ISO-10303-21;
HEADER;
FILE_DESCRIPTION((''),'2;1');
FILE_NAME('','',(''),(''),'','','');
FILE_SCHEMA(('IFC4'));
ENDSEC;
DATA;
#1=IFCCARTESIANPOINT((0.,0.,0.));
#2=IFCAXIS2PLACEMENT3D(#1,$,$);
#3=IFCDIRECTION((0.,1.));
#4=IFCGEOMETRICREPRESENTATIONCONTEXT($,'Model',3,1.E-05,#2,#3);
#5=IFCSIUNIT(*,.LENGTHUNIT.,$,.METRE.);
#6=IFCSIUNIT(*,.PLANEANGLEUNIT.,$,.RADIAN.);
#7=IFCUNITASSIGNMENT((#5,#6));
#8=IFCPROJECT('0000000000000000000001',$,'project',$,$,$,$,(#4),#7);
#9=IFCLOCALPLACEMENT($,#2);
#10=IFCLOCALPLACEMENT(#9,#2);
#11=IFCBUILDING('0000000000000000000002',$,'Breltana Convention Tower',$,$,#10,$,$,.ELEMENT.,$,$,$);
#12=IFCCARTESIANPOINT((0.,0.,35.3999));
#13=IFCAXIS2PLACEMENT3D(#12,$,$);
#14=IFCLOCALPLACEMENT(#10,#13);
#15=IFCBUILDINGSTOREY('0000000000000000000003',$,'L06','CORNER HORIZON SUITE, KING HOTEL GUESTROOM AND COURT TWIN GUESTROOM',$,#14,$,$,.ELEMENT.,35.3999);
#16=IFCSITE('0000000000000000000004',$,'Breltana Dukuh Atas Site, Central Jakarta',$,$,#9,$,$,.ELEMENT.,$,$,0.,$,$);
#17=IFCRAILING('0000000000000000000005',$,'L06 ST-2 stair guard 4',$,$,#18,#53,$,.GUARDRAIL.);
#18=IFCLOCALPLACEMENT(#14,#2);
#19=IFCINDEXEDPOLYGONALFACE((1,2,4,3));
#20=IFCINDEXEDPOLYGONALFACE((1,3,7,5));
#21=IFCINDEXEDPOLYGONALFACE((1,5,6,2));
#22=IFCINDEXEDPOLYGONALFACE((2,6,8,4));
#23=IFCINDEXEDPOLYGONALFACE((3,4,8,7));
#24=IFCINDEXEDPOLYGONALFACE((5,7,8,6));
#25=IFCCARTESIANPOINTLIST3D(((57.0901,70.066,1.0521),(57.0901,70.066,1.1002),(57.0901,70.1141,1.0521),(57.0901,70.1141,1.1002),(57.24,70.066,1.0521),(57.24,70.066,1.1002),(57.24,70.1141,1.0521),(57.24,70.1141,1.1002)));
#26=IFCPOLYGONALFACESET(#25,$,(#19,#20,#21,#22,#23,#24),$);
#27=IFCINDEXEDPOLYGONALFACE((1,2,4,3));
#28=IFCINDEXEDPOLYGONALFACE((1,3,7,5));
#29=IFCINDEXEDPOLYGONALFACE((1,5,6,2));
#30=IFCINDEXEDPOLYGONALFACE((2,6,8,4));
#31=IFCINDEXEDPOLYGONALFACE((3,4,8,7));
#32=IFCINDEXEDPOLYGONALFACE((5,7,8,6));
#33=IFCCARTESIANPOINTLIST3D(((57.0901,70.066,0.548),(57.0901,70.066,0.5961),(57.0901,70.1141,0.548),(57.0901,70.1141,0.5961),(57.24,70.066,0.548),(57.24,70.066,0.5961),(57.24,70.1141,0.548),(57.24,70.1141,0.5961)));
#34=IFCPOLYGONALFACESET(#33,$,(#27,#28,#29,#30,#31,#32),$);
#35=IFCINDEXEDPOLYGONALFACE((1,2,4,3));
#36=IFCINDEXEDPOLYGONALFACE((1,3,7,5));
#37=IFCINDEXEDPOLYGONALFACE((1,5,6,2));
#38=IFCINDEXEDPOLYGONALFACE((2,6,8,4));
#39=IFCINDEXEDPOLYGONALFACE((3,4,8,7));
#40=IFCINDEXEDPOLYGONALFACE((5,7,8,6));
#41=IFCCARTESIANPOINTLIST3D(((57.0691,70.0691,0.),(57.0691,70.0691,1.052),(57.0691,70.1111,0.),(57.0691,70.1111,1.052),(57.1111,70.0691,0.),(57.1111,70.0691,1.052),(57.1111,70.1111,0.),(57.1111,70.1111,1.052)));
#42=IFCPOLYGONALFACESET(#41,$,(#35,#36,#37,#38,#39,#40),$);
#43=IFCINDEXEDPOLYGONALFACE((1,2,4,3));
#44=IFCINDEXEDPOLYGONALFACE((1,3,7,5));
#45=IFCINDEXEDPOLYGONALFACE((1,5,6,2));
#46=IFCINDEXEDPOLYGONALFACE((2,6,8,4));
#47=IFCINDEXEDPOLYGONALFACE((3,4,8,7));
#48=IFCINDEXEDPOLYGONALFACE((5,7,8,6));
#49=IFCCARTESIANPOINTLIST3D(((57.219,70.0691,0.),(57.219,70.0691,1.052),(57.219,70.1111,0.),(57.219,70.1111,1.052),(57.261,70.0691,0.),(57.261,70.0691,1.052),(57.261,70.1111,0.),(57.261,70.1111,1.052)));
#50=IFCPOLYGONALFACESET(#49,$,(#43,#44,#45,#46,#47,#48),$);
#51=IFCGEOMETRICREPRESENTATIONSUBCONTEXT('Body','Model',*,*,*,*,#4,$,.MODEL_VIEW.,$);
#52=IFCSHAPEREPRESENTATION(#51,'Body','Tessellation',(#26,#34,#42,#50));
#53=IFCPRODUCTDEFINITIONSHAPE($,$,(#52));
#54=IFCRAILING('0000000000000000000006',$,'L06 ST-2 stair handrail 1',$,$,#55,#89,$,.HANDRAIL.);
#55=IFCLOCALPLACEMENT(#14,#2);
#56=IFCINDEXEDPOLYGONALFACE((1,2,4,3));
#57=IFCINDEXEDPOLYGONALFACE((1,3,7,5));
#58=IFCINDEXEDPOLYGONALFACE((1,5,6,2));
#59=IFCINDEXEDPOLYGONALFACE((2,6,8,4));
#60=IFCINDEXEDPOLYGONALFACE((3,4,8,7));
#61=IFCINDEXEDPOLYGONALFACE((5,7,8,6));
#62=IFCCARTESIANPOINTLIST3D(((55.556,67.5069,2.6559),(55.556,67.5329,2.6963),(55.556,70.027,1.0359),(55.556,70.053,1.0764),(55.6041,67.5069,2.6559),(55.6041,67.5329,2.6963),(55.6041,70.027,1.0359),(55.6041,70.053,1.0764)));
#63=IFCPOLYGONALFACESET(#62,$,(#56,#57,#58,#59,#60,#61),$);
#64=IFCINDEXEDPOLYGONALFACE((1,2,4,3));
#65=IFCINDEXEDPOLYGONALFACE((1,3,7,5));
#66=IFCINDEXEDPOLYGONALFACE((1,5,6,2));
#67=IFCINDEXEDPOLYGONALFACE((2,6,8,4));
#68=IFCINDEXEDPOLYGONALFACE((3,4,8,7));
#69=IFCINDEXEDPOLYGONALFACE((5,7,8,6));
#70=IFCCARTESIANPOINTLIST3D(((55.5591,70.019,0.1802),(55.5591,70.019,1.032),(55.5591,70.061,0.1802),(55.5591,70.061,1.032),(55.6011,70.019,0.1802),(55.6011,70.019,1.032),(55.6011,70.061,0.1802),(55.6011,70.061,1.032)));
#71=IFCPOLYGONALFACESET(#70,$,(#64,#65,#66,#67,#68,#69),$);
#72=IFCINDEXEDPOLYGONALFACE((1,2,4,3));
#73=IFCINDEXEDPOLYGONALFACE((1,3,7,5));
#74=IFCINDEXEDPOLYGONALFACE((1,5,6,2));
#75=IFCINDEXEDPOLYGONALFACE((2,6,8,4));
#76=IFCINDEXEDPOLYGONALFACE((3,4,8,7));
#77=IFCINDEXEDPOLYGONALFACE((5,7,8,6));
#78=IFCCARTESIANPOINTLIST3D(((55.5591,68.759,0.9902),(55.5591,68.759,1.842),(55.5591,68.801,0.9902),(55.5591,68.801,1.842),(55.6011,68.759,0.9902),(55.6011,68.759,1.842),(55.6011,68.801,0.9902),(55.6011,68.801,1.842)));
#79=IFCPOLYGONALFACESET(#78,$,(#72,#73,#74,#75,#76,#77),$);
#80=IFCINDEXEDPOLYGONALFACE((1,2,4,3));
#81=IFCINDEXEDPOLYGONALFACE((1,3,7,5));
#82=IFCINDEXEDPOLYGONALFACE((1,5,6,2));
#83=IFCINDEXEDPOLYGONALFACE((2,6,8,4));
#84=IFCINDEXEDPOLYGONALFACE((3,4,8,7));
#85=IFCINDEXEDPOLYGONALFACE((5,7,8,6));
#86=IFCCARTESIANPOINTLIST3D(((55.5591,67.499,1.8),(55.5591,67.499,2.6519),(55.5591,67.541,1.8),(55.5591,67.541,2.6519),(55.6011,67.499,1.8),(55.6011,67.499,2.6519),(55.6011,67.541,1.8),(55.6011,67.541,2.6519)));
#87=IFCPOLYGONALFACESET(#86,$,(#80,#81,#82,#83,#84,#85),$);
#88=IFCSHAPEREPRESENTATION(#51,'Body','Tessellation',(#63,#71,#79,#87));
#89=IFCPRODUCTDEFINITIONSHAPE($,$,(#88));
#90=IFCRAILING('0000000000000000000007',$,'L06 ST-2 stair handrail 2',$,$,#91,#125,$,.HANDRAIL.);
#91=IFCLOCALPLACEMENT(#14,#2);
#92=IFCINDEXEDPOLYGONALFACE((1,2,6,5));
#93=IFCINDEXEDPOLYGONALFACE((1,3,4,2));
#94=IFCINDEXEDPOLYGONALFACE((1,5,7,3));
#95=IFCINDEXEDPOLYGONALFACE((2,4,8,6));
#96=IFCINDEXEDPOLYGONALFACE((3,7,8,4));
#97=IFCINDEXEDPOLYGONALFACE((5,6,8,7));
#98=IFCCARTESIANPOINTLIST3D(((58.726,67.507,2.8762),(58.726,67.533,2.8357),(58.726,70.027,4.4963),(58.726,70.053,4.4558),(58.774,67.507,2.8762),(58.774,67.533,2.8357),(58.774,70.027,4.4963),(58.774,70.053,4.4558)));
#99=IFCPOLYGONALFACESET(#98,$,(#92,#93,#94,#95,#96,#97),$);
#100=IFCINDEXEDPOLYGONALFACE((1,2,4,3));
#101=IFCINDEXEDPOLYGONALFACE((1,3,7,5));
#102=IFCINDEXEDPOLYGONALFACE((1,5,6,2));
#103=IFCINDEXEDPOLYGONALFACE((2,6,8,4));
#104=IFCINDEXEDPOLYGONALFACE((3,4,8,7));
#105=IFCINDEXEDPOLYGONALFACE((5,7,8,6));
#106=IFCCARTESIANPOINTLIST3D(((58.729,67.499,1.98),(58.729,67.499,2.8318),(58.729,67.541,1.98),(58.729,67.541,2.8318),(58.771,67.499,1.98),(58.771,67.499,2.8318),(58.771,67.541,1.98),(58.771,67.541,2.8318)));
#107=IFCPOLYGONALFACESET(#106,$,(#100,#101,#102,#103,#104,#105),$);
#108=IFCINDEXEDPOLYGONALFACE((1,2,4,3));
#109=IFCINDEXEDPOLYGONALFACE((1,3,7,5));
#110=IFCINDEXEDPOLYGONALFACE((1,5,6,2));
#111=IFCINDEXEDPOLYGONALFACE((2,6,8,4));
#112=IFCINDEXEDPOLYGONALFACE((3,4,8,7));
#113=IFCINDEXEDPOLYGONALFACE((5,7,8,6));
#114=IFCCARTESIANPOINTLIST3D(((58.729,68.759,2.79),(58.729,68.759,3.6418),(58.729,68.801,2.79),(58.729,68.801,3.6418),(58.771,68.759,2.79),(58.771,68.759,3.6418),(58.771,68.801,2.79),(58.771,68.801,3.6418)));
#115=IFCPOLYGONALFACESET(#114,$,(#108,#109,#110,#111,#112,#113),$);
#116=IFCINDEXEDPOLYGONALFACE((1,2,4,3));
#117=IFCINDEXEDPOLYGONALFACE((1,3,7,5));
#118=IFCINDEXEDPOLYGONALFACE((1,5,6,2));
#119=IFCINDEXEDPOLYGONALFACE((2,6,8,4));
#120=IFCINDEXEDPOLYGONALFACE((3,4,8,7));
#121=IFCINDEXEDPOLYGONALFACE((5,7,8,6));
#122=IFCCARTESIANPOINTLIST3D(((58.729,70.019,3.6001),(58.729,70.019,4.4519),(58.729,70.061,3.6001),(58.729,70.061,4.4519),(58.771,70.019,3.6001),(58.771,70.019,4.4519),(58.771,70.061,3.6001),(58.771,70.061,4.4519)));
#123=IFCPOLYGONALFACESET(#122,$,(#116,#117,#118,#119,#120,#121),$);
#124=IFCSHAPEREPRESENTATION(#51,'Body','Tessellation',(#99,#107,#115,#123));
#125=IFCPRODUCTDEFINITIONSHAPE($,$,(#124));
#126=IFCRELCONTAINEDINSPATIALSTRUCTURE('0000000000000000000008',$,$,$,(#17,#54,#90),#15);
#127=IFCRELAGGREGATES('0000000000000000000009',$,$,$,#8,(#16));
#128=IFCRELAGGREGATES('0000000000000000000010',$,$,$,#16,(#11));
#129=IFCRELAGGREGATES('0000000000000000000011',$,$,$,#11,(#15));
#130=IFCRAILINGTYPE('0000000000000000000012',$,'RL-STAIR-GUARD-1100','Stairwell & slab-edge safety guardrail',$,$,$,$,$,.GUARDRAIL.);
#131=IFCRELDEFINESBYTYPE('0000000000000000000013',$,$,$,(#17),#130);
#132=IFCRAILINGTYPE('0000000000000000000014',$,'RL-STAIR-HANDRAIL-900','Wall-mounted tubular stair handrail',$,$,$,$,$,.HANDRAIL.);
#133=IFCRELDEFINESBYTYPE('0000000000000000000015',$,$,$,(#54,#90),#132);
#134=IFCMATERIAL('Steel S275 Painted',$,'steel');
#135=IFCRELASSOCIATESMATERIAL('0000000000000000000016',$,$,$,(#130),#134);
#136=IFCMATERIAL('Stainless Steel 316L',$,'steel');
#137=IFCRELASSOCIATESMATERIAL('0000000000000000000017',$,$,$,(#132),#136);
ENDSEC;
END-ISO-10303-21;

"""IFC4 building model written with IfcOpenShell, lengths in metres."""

from ifc_helpers import new_model, si_unit, direction, frame, origin, origin_2d, place, context, subcontext, project, spatial, rectangle, extrude, material, type_object, element, save


model = new_model("IFC4")

# Units and contexts
model_context = context("Model", 3, precision=1e-05, world=origin(), true_north=direction((0.0, 1.0)))
body_context = subcontext(model_context, "Body", "Model", "MODEL_VIEW")
ifc_project = project(units=[si_unit("LENGTHUNIT", "METRE"), si_unit("PLANEANGLEUNIT", "RADIAN")], contexts=[model_context])

# Site, building, storey
site_placement = place(None, origin())
site = spatial("IfcSite", under=ifc_project, at=site_placement, Name="Breltana Dukuh Atas Site, Central Jakarta", CompositionType="ELEMENT", RefElevation=0.0)
building_placement = place(site_placement, origin())
building = spatial("IfcBuilding", under=site, at=building_placement, Name="Breltana Convention Tower", CompositionType="ELEMENT")
storey_placement = place(building_placement, frame((0.0, 0.0, 35.3999)))
storey = spatial("IfcBuildingStorey", under=building, at=storey_placement, Name="L06", Description="CORNER HORIZON SUITE, KING HOTEL GUESTROOM AND COURT TWIN GUESTROOM", CompositionType="ELEMENT", Elevation=35.3999)

# Railings
ifc_material_1 = material(Name="Steel S275 Painted", Category="steel")
railing_type_1 = type_object("IfcRailingType", Name="RL-STAIR-GUARD-1100", Description="Stairwell & slab-edge safety guardrail", PredefinedType="GUARDRAIL", material=ifc_material_1)
railing_1_placement = place(storey_placement, frame((57.0901, 70.0901, 0.0)))
element("IfcRailing", 1, at=railing_1_placement, inside=storey, type_object=railing_type_1, Name="L06 ST-2 stair guard 4", PredefinedType="GUARDRAIL", context=body_context, shape_type="SweptSolid", body=[
    extrude(rectangle(XDim=0.0481, YDim=0.0481, at=origin_2d()), frame((0.0, 0.0, 1.0762), z_axis=(1.0, 0.0, 0.0), x_axis=(0.0, 1.0, 0.0)), (0.0, 0.0, 1.0), 0.1499),
    extrude(rectangle(XDim=0.0481, YDim=0.0481, at=origin_2d()), frame((0.0, 0.0, 0.572), z_axis=(1.0, 0.0, 0.0), x_axis=(0.0, 1.0, 0.0)), (0.0, 0.0, 1.0), 0.1499),
    extrude(rectangle(XDim=0.042, YDim=0.042, at=origin_2d()), origin(), (0.0, 0.0, 1.0), 1.052),
    extrude(rectangle(XDim=0.042, YDim=0.042, at=origin_2d()), frame((0.1499, 0.0, 0.0)), (0.0, 0.0, 1.0), 1.052),
])
ifc_material_2 = material(Name="Stainless Steel 316L", Category="steel")
railing_type_2 = type_object("IfcRailingType", Name="RL-STAIR-HANDRAIL-900", Description="Wall-mounted tubular stair handrail", PredefinedType="HANDRAIL", material=ifc_material_2)
railing_2_placement = place(storey_placement, frame((55.5801, 70.04, 0.1802)))
element("IfcRailing", 2, at=railing_2_placement, inside=storey, type_object=railing_type_2, Name="L06 ST-2 stair handrail 1", PredefinedType="HANDRAIL", context=body_context, shape_type="SweptSolid", body=[
    extrude(rectangle(XDim=0.0481, YDim=0.0481, at=origin_2d()), frame((0.0, 0.0, 0.876), z_axis=(0.0, -0.8412, 0.540725), x_axis=(1.0, 0.0, 0.0)), (0.0, 0.0, 1.0), 2.9958),
    extrude(rectangle(XDim=0.042, YDim=0.042, at=origin_2d()), origin(), (0.0, 0.0, 1.0), 0.8518),
    extrude(rectangle(XDim=0.042, YDim=0.042, at=origin_2d()), frame((0.0, -1.26, 0.8101)), (0.0, 0.0, 1.0), 0.8518),
    extrude(rectangle(XDim=0.042, YDim=0.042, at=origin_2d()), frame((0.0, -2.52, 1.6199)), (0.0, 0.0, 1.0), 0.8518),
])
railing_3_placement = place(storey_placement, frame((58.75, 67.52, 1.98)))
element("IfcRailing", 3, at=railing_3_placement, inside=storey, type_object=railing_type_2, Name="L06 ST-2 stair handrail 2", PredefinedType="HANDRAIL", context=body_context, shape_type="SweptSolid", body=[
    extrude(rectangle(XDim=0.0481, YDim=0.0481, at=origin_2d()), frame((0.0, 0.0, 0.876), z_axis=(0.0, 0.841163, 0.540782), x_axis=(-1.0, 0.0, 0.0)), (0.0, 0.0, 1.0), 2.9958),
    extrude(rectangle(XDim=0.042, YDim=0.042, at=origin_2d()), origin(), (0.0, 0.0, 1.0), 0.8518),
    extrude(rectangle(XDim=0.042, YDim=0.042, at=origin_2d()), frame((0.0, 1.26, 0.8101)), (0.0, 0.0, 1.0), 0.8518),
    extrude(rectangle(XDim=0.042, YDim=0.042, at=origin_2d()), frame((0.0, 2.52, 1.6201)), (0.0, 0.0, 1.0), 0.8518),
])

save(model, "model.ifc")
